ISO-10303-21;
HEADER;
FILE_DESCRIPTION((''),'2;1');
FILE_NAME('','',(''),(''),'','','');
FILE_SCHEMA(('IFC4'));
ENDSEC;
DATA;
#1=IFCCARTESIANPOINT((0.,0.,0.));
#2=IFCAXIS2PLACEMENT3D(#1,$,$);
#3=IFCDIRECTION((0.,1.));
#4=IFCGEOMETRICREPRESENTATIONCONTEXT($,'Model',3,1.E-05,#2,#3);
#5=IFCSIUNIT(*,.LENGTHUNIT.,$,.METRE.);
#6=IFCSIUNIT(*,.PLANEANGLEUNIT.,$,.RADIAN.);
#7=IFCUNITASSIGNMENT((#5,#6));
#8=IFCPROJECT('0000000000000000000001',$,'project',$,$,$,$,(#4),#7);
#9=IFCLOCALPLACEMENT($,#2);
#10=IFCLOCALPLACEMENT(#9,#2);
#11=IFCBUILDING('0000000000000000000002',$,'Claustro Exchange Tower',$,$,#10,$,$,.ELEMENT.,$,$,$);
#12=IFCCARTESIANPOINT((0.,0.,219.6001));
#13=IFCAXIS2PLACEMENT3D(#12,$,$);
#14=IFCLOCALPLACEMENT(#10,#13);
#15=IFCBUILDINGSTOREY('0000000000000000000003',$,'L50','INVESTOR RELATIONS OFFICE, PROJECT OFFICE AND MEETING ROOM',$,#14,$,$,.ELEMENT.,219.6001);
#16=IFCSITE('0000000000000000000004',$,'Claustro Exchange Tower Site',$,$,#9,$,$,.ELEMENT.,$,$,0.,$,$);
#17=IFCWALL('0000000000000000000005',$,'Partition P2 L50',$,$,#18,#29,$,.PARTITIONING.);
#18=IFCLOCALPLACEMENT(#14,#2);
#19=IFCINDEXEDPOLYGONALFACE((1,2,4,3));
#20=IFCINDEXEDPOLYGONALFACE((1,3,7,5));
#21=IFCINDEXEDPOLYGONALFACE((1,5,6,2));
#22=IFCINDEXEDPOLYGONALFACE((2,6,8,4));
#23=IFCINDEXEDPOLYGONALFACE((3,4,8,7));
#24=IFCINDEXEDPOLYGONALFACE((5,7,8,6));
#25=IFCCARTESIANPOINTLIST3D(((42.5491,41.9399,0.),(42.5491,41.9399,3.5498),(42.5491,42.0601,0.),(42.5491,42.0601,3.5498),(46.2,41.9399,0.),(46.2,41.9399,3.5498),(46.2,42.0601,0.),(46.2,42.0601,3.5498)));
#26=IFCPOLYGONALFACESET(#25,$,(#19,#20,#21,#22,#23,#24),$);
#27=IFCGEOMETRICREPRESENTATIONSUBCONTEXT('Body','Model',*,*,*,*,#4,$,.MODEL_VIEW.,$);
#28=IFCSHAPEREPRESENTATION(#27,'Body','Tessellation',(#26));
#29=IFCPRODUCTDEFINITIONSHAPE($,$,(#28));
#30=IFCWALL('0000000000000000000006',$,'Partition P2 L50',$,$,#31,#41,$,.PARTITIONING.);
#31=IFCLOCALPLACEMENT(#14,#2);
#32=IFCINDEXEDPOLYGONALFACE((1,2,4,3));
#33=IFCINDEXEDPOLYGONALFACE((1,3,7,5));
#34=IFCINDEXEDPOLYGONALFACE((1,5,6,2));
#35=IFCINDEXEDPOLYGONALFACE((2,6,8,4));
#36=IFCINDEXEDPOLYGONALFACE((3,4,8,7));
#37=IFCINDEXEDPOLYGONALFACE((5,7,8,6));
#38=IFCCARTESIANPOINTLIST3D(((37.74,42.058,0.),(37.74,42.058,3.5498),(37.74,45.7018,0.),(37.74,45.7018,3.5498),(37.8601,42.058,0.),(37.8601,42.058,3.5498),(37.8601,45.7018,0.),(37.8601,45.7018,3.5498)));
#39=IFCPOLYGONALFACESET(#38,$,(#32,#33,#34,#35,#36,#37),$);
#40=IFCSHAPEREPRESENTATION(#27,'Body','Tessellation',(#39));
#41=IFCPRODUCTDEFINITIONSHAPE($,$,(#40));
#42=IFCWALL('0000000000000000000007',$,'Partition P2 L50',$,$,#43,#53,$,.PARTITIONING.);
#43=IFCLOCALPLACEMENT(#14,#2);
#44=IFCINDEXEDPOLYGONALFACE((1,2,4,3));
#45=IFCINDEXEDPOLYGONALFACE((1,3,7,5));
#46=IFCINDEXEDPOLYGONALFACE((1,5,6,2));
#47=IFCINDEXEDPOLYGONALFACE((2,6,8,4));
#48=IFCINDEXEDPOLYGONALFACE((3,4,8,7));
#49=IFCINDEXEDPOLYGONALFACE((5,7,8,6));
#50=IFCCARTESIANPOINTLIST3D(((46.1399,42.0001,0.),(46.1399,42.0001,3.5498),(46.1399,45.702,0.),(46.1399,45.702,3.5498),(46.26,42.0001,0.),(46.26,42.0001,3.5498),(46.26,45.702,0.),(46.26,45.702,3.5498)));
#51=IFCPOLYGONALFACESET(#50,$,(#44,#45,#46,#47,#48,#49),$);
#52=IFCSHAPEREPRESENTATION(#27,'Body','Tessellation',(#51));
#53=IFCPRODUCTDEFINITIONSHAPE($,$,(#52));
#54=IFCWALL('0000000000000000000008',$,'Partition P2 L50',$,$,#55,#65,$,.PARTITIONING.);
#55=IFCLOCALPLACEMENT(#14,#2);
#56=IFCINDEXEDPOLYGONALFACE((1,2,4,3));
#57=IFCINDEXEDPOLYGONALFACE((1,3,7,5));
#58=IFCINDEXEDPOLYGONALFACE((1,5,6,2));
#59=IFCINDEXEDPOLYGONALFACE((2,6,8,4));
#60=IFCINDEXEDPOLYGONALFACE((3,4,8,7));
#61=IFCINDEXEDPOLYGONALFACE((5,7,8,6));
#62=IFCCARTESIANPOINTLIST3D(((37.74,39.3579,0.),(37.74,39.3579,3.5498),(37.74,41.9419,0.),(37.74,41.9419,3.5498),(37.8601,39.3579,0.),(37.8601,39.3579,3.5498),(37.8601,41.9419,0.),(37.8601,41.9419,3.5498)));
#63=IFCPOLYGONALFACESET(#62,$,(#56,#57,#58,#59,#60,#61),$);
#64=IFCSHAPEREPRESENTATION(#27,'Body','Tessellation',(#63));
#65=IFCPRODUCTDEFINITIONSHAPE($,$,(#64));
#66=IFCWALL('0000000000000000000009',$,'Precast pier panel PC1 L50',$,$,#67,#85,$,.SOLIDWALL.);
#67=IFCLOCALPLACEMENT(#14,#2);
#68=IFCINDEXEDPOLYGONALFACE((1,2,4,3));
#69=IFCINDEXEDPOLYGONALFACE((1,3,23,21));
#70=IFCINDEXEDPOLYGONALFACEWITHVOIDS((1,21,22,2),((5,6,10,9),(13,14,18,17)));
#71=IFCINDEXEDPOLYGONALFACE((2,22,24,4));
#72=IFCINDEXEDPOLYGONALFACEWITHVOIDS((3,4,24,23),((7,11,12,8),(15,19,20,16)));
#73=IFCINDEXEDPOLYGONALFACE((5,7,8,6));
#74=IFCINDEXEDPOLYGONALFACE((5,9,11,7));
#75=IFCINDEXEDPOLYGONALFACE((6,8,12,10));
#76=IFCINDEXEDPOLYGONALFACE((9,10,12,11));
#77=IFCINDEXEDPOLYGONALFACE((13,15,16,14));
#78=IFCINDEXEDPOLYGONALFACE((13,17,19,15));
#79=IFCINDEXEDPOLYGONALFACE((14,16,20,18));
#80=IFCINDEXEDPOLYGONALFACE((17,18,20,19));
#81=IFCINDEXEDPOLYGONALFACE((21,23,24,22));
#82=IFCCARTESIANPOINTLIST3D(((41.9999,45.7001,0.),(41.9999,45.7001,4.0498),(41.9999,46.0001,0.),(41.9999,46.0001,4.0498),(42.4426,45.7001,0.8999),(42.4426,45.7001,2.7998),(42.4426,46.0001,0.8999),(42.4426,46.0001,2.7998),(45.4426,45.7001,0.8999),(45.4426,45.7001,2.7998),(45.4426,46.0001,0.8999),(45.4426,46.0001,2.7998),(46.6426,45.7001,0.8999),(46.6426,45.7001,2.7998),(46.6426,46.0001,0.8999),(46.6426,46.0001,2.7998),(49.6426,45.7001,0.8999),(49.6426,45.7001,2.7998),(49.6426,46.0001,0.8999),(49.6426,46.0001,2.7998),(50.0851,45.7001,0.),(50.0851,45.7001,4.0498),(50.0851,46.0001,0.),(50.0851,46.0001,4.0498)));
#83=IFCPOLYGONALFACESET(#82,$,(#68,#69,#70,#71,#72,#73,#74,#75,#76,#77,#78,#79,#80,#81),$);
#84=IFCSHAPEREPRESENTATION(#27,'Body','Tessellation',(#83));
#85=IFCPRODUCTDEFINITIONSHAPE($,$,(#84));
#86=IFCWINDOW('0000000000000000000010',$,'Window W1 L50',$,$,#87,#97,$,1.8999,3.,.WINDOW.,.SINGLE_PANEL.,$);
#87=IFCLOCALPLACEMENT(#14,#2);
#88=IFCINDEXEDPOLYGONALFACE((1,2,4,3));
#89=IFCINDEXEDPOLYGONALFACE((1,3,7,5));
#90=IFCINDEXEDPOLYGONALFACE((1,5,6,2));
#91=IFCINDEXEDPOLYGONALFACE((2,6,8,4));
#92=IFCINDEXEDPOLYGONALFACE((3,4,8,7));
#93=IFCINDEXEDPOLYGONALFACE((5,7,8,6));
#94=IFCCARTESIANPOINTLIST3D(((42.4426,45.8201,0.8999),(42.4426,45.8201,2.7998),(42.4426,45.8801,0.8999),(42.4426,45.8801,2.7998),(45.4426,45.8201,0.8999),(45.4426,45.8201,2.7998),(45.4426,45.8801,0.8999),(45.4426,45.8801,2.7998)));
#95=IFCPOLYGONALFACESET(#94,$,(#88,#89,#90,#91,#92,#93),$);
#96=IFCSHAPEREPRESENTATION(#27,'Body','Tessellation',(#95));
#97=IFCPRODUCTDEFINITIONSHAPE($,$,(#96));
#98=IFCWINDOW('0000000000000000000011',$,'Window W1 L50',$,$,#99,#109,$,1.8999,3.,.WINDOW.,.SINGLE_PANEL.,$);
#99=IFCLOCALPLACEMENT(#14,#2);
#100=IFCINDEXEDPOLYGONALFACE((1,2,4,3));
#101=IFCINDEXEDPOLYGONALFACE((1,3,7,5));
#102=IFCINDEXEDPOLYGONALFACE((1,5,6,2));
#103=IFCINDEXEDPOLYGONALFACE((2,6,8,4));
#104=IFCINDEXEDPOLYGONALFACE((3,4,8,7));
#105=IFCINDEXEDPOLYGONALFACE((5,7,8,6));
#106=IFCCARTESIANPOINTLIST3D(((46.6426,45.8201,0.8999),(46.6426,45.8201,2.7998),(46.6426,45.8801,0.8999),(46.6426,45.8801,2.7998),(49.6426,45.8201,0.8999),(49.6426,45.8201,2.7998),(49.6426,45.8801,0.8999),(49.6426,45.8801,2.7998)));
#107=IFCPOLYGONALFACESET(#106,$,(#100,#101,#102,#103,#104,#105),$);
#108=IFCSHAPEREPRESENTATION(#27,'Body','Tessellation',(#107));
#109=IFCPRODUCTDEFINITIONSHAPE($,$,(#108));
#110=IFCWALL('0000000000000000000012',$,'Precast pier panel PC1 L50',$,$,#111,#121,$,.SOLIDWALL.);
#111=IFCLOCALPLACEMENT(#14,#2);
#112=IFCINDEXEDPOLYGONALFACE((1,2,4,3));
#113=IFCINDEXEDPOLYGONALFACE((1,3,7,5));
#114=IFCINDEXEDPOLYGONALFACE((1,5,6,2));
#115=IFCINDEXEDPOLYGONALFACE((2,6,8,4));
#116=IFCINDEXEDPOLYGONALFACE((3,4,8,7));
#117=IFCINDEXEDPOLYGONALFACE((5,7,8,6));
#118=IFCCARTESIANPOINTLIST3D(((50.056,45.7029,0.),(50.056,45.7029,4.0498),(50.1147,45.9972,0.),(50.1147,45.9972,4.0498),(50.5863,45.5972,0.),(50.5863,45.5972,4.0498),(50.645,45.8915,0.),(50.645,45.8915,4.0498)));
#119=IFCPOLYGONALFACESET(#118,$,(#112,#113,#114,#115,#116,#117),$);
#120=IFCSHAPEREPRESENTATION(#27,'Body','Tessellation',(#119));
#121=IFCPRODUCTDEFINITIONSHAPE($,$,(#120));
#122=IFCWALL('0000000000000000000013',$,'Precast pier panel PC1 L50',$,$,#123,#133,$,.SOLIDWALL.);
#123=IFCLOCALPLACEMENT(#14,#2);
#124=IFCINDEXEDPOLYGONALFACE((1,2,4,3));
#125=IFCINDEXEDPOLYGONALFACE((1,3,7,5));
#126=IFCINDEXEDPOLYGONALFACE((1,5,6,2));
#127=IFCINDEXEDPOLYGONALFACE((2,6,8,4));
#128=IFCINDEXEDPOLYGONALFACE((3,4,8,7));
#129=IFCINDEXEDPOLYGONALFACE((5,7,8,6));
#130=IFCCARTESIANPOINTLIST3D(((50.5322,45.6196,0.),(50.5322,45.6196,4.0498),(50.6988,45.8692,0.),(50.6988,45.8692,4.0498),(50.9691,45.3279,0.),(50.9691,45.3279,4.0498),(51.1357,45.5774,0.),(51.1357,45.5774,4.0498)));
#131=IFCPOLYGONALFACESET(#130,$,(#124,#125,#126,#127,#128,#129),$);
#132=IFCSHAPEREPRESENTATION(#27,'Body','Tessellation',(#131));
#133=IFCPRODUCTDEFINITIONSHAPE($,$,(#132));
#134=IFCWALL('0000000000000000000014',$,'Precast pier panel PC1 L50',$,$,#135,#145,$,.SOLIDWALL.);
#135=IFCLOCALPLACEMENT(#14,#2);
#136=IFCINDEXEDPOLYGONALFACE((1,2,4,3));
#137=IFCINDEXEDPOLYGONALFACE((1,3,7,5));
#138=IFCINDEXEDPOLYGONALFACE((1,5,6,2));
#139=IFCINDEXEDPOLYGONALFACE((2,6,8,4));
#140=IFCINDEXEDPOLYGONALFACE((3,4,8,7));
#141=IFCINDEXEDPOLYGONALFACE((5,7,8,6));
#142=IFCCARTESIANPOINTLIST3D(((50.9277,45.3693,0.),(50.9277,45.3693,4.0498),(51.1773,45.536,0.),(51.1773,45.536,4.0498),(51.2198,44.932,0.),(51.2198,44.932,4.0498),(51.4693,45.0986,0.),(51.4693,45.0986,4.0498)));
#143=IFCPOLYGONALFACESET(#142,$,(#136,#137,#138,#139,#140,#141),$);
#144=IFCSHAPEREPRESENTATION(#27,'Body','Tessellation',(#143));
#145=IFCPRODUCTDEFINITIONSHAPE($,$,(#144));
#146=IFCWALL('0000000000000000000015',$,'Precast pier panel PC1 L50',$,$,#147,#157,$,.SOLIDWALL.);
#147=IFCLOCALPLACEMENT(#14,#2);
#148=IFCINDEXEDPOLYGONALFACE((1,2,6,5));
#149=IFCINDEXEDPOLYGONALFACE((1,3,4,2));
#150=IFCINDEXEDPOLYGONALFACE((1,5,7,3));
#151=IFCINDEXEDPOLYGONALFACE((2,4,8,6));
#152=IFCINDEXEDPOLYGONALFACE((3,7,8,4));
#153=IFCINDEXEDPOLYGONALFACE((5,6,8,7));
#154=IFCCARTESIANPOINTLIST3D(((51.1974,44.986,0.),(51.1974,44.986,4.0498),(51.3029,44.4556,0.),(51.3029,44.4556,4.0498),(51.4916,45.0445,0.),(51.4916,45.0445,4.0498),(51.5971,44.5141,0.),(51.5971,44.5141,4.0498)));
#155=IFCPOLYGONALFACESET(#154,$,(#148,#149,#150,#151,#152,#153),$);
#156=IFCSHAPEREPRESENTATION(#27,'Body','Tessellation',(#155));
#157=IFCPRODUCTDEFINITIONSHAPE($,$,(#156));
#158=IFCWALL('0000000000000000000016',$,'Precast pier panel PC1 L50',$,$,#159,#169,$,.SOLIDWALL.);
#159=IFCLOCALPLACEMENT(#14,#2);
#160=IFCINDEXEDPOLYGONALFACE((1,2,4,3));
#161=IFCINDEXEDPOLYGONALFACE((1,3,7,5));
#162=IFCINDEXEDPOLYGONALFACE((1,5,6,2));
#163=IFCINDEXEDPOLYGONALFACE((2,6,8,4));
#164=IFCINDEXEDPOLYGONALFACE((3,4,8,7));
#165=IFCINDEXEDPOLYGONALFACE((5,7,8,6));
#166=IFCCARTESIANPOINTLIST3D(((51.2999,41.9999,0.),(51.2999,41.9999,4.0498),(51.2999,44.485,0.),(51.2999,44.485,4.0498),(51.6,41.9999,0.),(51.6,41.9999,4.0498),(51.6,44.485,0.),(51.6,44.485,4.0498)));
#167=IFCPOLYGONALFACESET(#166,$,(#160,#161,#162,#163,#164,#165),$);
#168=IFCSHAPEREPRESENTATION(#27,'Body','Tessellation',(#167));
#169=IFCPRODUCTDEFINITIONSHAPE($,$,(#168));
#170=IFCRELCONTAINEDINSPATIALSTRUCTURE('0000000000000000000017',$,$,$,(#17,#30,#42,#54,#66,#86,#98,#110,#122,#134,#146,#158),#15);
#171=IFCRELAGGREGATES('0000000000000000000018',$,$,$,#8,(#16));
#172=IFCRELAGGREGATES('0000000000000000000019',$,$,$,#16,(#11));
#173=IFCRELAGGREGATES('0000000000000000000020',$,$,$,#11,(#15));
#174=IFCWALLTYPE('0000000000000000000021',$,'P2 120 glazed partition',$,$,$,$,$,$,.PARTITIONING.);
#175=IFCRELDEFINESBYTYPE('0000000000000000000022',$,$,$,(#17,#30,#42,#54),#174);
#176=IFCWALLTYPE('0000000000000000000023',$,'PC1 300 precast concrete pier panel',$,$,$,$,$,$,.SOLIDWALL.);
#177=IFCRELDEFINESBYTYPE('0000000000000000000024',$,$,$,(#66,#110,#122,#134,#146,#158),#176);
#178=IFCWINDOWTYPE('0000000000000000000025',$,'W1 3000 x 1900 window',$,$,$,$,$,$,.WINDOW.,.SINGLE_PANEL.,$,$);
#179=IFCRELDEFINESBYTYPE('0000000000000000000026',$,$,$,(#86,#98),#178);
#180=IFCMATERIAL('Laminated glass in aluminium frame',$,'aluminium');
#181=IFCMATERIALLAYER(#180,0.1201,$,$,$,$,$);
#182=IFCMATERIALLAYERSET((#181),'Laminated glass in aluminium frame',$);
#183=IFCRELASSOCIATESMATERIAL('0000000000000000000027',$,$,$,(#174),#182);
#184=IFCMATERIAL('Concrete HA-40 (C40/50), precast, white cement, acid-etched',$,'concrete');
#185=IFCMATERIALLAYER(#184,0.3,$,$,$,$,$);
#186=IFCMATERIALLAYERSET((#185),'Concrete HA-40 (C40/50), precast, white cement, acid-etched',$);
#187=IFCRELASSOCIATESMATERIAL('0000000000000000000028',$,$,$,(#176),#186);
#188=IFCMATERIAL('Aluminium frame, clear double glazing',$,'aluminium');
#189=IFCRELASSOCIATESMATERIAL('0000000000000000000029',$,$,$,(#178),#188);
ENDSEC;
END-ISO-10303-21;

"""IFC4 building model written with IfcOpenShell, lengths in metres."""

from ifc_helpers import new_model, si_unit, direction, frame, frame_2d, origin, place, context, subcontext, project, spatial, rectangle, extrude, material, layer, layer_set, type_object, element, fill, save


model = new_model("IFC4")

# Units and contexts
model_context = context("Model", 3, precision=1e-05, world=origin(), true_north=direction((0.0, 1.0)))
body_context = subcontext(model_context, "Body", "Model", "MODEL_VIEW")
ifc_project = project(units=[si_unit("LENGTHUNIT", "METRE"), si_unit("PLANEANGLEUNIT", "RADIAN")], contexts=[model_context])

# Site, building, storey
site_placement = place(None, origin())
site = spatial("IfcSite", under=ifc_project, at=site_placement, Name="Claustro Exchange Tower Site", CompositionType="ELEMENT", RefElevation=0.0)
building_placement = place(site_placement, origin())
building = spatial("IfcBuilding", under=site, at=building_placement, Name="Claustro Exchange Tower", CompositionType="ELEMENT")
storey_placement = place(building_placement, frame((0.0, 0.0, 219.6001)))
storey = spatial("IfcBuildingStorey", under=building, at=storey_placement, Name="L50", Description="INVESTOR RELATIONS OFFICE, PROJECT OFFICE AND MEETING ROOM", CompositionType="ELEMENT", Elevation=219.6001)

# Walls
ifc_material_1 = material(Name="Laminated glass in aluminium frame", Category="aluminium")
ifc_layer_1 = layer(ifc_material_1, 0.1201)
ifc_layer_set_1 = layer_set([ifc_layer_1], Name="Laminated glass in aluminium frame")
wall_type_1 = type_object("IfcWallType", Name="P2 120 glazed partition", PredefinedType="PARTITIONING", material=ifc_layer_set_1)
wall_1_placement = place(storey_placement, frame((42.5491, 42.0, 0.0), z_axis=(0.0, 0.0, 1.0), x_axis=(1.0, 0.0, 0.0)))
element("IfcWall", 1, at=wall_1_placement, inside=storey, type_object=wall_type_1, Name="Partition P2 L50", PredefinedType="PARTITIONING", context=body_context, shape_type="SweptSolid", body=[
    extrude(rectangle(XDim=3.6509, YDim=0.1201, at=frame_2d((1.8254, 0.0))), origin(), (0.0, 0.0, 1.0), 3.5498),
])
wall_2_placement = place(storey_placement, frame((37.8, 42.0581, 0.0), z_axis=(0.0, 0.0, 1.0), x_axis=(0.0, 1.0, 0.0)))
element("IfcWall", 2, at=wall_2_placement, inside=storey, type_object=wall_type_1, Name="Partition P2 L50", PredefinedType="PARTITIONING", context=body_context, shape_type="SweptSolid", body=[
    extrude(rectangle(XDim=3.6438, YDim=0.1201, at=frame_2d((1.8218, 0.0))), origin(), (0.0, 0.0, 1.0), 3.5498),
])
wall_3_placement = place(storey_placement, frame((46.2, 42.0, 0.0), z_axis=(0.0, 0.0, 1.0), x_axis=(0.0, 1.0, 0.0)))
element("IfcWall", 3, at=wall_3_placement, inside=storey, type_object=wall_type_1, Name="Partition P2 L50", PredefinedType="PARTITIONING", context=body_context, shape_type="SweptSolid", body=[
    extrude(rectangle(XDim=3.7019, YDim=0.1201, at=frame_2d((1.8511, 0.0))), origin(), (0.0, 0.0, 1.0), 3.5498),
])
wall_4_placement = place(storey_placement, frame((37.8, 39.3579, 0.0), z_axis=(0.0, 0.0, 1.0), x_axis=(0.0, 1.0, 0.0)))
element("IfcWall", 4, at=wall_4_placement, inside=storey, type_object=wall_type_1, Name="Partition P2 L50", PredefinedType="PARTITIONING", context=body_context, shape_type="SweptSolid", body=[
    extrude(rectangle(XDim=2.584, YDim=0.1201, at=frame_2d((1.292, 0.0))), origin(), (0.0, 0.0, 1.0), 3.5498),
])

# Wall, openings, windows
ifc_material_2 = material(Name="Concrete HA-40 (C40/50), precast, white cement, acid-etched", Category="concrete")
ifc_layer_2 = layer(ifc_material_2, 0.3)
ifc_layer_set_2 = layer_set([ifc_layer_2], Name="Concrete HA-40 (C40/50), precast, white cement, acid-etched")
wall_type_2 = type_object("IfcWallType", Name="PC1 300 precast concrete pier panel", PredefinedType="SOLIDWALL", material=ifc_layer_set_2)
wall_5_placement = place(storey_placement, frame((42.0, 45.8501, 0.0), z_axis=(0.0, 0.0, 1.0), x_axis=(1.0, 0.0, 0.0)))
wall_5 = element("IfcWall", 5, at=wall_5_placement, inside=storey, type_object=wall_type_2, Name="Precast pier panel PC1 L50", PredefinedType="SOLIDWALL", context=body_context, shape_type="SweptSolid", body=[
    extrude(rectangle(XDim=8.0852, YDim=0.3, at=frame_2d((4.0425, 0.0))), origin(), (0.0, 0.0, 1.0), 4.0498),
])
opening_1_placement = place(wall_5_placement, frame((0.4426, 0.0, 0.8999)))
opening_1 = element("IfcOpeningElement", 6, at=opening_1_placement, cuts=wall_5, PredefinedType="OPENING", context=body_context, shape_type="SweptSolid", body=[
    extrude(rectangle(XDim=3.0, YDim=1.8999, at=frame_2d((1.5, 0.95))), frame((0.0, 0.1599, 0.0), z_axis=(0.0, -1.0, 0.0), x_axis=(1.0, 0.0, 0.0)), (0.0, 0.0, 1.0), 0.3201),
])
opening_2_placement = place(wall_5_placement, frame((4.6426, 0.0, 0.8999)))
opening_2 = element("IfcOpeningElement", 7, at=opening_2_placement, cuts=wall_5, PredefinedType="OPENING", context=body_context, shape_type="SweptSolid", body=[
    extrude(rectangle(XDim=3.0, YDim=1.8999, at=frame_2d((1.5, 0.95))), frame((0.0, 0.1599, 0.0), z_axis=(0.0, -1.0, 0.0), x_axis=(1.0, 0.0, 0.0)), (0.0, 0.0, 1.0), 0.3201),
])
ifc_material_3 = material(Name="Aluminium frame, clear double glazing", Category="aluminium")
window_type_1 = type_object("IfcWindowType", Name="W1 3000 x 1900 window", PartitioningType="SINGLE_PANEL", PredefinedType="WINDOW", material=ifc_material_3)
window_1_placement = place(opening_1_placement, origin())
window_1 = element("IfcWindow", 8, at=window_1_placement, inside=storey, type_object=window_type_1, Name="Window W1 L50", OverallHeight=1.8999, OverallWidth=3.0, PartitioningType="SINGLE_PANEL", PredefinedType="WINDOW", context=body_context, shape_type="SweptSolid", body=[
    extrude(rectangle(XDim=3.0, YDim=1.8999, at=frame_2d((1.5, 0.95))), frame((0.0, 0.03, 0.0), z_axis=(0.0, -1.0, 0.0), x_axis=(1.0, 0.0, 0.0)), (0.0, 0.0, 1.0), 0.0601),
])
fill(opening_1, window_1)
window_2_placement = place(opening_2_placement, origin())
window_2 = element("IfcWindow", 9, at=window_2_placement, inside=storey, type_object=window_type_1, Name="Window W1 L50", OverallHeight=1.8999, OverallWidth=3.0, PartitioningType="SINGLE_PANEL", PredefinedType="WINDOW", context=body_context, shape_type="SweptSolid", body=[
    extrude(rectangle(XDim=3.0, YDim=1.8999, at=frame_2d((1.5, 0.95))), frame((0.0, 0.03, 0.0), z_axis=(0.0, -1.0, 0.0), x_axis=(1.0, 0.0, 0.0)), (0.0, 0.0, 1.0), 0.0601),
])
fill(opening_2, window_2)

# Walls
wall_6_placement = place(storey_placement, frame((50.0852, 45.8501, 0.0), z_axis=(0.0, 0.0, 1.0), x_axis=(0.980702, -0.195508, 0.0)))
element("IfcWall", 10, at=wall_6_placement, inside=storey, type_object=wall_type_2, Name="Precast pier panel PC1 L50", PredefinedType="SOLIDWALL", context=body_context, shape_type="SweptSolid", body=[
    extrude(rectangle(XDim=0.5408, YDim=0.3, at=frame_2d((0.2705, 0.0))), origin(), (0.0, 0.0, 1.0), 4.0498),
])
wall_7_placement = place(storey_placement, frame((50.6155, 45.7444, 0.0), z_axis=(0.0, 0.0, 1.0), x_axis=(0.831693, -0.555236, 0.0)))
element("IfcWall", 11, at=wall_7_placement, inside=storey, type_object=wall_type_2, Name="Precast pier panel PC1 L50", PredefinedType="SOLIDWALL", context=body_context, shape_type="SweptSolid", body=[
    extrude(rectangle(XDim=0.5254, YDim=0.3, at=frame_2d((0.2627, 0.0))), origin(), (0.0, 0.0, 1.0), 4.0498),
])
wall_8_placement = place(storey_placement, frame((51.0525, 45.4526, 0.0), z_axis=(0.0, 0.0, 1.0), x_axis=(0.555343, -0.831621, 0.0)))
element("IfcWall", 12, at=wall_8_placement, inside=storey, type_object=wall_type_2, Name="Precast pier panel PC1 L50", PredefinedType="SOLIDWALL", context=body_context, shape_type="SweptSolid", body=[
    extrude(rectangle(XDim=0.5259, YDim=0.3, at=frame_2d((0.2629, 0.0))), origin(), (0.0, 0.0, 1.0), 4.0498),
])
wall_9_placement = place(storey_placement, frame((51.3445, 45.0154, 0.0), z_axis=(0.0, 0.0, 1.0), x_axis=(0.195074, -0.980789, 0.0)))
element("IfcWall", 13, at=wall_9_placement, inside=storey, type_object=wall_type_2, Name="Precast pier panel PC1 L50", PredefinedType="SOLIDWALL", context=body_context, shape_type="SweptSolid", body=[
    extrude(rectangle(XDim=0.5408, YDim=0.3, at=frame_2d((0.2705, 0.0))), origin(), (0.0, 0.0, 1.0), 4.0498),
])
wall_10_placement = place(storey_placement, frame((51.45, 44.4851, 0.0), z_axis=(0.0, 0.0, 1.0), x_axis=(0.0, -1.0, 0.0)))
element("IfcWall", 14, at=wall_10_placement, inside=storey, type_object=wall_type_2, Name="Precast pier panel PC1 L50", PredefinedType="SOLIDWALL", context=body_context, shape_type="SweptSolid", body=[
    extrude(rectangle(XDim=2.4851, YDim=0.3, at=frame_2d((1.2427, 0.0))), origin(), (0.0, 0.0, 1.0), 4.0498),
])

save(model, "model.ifc")
